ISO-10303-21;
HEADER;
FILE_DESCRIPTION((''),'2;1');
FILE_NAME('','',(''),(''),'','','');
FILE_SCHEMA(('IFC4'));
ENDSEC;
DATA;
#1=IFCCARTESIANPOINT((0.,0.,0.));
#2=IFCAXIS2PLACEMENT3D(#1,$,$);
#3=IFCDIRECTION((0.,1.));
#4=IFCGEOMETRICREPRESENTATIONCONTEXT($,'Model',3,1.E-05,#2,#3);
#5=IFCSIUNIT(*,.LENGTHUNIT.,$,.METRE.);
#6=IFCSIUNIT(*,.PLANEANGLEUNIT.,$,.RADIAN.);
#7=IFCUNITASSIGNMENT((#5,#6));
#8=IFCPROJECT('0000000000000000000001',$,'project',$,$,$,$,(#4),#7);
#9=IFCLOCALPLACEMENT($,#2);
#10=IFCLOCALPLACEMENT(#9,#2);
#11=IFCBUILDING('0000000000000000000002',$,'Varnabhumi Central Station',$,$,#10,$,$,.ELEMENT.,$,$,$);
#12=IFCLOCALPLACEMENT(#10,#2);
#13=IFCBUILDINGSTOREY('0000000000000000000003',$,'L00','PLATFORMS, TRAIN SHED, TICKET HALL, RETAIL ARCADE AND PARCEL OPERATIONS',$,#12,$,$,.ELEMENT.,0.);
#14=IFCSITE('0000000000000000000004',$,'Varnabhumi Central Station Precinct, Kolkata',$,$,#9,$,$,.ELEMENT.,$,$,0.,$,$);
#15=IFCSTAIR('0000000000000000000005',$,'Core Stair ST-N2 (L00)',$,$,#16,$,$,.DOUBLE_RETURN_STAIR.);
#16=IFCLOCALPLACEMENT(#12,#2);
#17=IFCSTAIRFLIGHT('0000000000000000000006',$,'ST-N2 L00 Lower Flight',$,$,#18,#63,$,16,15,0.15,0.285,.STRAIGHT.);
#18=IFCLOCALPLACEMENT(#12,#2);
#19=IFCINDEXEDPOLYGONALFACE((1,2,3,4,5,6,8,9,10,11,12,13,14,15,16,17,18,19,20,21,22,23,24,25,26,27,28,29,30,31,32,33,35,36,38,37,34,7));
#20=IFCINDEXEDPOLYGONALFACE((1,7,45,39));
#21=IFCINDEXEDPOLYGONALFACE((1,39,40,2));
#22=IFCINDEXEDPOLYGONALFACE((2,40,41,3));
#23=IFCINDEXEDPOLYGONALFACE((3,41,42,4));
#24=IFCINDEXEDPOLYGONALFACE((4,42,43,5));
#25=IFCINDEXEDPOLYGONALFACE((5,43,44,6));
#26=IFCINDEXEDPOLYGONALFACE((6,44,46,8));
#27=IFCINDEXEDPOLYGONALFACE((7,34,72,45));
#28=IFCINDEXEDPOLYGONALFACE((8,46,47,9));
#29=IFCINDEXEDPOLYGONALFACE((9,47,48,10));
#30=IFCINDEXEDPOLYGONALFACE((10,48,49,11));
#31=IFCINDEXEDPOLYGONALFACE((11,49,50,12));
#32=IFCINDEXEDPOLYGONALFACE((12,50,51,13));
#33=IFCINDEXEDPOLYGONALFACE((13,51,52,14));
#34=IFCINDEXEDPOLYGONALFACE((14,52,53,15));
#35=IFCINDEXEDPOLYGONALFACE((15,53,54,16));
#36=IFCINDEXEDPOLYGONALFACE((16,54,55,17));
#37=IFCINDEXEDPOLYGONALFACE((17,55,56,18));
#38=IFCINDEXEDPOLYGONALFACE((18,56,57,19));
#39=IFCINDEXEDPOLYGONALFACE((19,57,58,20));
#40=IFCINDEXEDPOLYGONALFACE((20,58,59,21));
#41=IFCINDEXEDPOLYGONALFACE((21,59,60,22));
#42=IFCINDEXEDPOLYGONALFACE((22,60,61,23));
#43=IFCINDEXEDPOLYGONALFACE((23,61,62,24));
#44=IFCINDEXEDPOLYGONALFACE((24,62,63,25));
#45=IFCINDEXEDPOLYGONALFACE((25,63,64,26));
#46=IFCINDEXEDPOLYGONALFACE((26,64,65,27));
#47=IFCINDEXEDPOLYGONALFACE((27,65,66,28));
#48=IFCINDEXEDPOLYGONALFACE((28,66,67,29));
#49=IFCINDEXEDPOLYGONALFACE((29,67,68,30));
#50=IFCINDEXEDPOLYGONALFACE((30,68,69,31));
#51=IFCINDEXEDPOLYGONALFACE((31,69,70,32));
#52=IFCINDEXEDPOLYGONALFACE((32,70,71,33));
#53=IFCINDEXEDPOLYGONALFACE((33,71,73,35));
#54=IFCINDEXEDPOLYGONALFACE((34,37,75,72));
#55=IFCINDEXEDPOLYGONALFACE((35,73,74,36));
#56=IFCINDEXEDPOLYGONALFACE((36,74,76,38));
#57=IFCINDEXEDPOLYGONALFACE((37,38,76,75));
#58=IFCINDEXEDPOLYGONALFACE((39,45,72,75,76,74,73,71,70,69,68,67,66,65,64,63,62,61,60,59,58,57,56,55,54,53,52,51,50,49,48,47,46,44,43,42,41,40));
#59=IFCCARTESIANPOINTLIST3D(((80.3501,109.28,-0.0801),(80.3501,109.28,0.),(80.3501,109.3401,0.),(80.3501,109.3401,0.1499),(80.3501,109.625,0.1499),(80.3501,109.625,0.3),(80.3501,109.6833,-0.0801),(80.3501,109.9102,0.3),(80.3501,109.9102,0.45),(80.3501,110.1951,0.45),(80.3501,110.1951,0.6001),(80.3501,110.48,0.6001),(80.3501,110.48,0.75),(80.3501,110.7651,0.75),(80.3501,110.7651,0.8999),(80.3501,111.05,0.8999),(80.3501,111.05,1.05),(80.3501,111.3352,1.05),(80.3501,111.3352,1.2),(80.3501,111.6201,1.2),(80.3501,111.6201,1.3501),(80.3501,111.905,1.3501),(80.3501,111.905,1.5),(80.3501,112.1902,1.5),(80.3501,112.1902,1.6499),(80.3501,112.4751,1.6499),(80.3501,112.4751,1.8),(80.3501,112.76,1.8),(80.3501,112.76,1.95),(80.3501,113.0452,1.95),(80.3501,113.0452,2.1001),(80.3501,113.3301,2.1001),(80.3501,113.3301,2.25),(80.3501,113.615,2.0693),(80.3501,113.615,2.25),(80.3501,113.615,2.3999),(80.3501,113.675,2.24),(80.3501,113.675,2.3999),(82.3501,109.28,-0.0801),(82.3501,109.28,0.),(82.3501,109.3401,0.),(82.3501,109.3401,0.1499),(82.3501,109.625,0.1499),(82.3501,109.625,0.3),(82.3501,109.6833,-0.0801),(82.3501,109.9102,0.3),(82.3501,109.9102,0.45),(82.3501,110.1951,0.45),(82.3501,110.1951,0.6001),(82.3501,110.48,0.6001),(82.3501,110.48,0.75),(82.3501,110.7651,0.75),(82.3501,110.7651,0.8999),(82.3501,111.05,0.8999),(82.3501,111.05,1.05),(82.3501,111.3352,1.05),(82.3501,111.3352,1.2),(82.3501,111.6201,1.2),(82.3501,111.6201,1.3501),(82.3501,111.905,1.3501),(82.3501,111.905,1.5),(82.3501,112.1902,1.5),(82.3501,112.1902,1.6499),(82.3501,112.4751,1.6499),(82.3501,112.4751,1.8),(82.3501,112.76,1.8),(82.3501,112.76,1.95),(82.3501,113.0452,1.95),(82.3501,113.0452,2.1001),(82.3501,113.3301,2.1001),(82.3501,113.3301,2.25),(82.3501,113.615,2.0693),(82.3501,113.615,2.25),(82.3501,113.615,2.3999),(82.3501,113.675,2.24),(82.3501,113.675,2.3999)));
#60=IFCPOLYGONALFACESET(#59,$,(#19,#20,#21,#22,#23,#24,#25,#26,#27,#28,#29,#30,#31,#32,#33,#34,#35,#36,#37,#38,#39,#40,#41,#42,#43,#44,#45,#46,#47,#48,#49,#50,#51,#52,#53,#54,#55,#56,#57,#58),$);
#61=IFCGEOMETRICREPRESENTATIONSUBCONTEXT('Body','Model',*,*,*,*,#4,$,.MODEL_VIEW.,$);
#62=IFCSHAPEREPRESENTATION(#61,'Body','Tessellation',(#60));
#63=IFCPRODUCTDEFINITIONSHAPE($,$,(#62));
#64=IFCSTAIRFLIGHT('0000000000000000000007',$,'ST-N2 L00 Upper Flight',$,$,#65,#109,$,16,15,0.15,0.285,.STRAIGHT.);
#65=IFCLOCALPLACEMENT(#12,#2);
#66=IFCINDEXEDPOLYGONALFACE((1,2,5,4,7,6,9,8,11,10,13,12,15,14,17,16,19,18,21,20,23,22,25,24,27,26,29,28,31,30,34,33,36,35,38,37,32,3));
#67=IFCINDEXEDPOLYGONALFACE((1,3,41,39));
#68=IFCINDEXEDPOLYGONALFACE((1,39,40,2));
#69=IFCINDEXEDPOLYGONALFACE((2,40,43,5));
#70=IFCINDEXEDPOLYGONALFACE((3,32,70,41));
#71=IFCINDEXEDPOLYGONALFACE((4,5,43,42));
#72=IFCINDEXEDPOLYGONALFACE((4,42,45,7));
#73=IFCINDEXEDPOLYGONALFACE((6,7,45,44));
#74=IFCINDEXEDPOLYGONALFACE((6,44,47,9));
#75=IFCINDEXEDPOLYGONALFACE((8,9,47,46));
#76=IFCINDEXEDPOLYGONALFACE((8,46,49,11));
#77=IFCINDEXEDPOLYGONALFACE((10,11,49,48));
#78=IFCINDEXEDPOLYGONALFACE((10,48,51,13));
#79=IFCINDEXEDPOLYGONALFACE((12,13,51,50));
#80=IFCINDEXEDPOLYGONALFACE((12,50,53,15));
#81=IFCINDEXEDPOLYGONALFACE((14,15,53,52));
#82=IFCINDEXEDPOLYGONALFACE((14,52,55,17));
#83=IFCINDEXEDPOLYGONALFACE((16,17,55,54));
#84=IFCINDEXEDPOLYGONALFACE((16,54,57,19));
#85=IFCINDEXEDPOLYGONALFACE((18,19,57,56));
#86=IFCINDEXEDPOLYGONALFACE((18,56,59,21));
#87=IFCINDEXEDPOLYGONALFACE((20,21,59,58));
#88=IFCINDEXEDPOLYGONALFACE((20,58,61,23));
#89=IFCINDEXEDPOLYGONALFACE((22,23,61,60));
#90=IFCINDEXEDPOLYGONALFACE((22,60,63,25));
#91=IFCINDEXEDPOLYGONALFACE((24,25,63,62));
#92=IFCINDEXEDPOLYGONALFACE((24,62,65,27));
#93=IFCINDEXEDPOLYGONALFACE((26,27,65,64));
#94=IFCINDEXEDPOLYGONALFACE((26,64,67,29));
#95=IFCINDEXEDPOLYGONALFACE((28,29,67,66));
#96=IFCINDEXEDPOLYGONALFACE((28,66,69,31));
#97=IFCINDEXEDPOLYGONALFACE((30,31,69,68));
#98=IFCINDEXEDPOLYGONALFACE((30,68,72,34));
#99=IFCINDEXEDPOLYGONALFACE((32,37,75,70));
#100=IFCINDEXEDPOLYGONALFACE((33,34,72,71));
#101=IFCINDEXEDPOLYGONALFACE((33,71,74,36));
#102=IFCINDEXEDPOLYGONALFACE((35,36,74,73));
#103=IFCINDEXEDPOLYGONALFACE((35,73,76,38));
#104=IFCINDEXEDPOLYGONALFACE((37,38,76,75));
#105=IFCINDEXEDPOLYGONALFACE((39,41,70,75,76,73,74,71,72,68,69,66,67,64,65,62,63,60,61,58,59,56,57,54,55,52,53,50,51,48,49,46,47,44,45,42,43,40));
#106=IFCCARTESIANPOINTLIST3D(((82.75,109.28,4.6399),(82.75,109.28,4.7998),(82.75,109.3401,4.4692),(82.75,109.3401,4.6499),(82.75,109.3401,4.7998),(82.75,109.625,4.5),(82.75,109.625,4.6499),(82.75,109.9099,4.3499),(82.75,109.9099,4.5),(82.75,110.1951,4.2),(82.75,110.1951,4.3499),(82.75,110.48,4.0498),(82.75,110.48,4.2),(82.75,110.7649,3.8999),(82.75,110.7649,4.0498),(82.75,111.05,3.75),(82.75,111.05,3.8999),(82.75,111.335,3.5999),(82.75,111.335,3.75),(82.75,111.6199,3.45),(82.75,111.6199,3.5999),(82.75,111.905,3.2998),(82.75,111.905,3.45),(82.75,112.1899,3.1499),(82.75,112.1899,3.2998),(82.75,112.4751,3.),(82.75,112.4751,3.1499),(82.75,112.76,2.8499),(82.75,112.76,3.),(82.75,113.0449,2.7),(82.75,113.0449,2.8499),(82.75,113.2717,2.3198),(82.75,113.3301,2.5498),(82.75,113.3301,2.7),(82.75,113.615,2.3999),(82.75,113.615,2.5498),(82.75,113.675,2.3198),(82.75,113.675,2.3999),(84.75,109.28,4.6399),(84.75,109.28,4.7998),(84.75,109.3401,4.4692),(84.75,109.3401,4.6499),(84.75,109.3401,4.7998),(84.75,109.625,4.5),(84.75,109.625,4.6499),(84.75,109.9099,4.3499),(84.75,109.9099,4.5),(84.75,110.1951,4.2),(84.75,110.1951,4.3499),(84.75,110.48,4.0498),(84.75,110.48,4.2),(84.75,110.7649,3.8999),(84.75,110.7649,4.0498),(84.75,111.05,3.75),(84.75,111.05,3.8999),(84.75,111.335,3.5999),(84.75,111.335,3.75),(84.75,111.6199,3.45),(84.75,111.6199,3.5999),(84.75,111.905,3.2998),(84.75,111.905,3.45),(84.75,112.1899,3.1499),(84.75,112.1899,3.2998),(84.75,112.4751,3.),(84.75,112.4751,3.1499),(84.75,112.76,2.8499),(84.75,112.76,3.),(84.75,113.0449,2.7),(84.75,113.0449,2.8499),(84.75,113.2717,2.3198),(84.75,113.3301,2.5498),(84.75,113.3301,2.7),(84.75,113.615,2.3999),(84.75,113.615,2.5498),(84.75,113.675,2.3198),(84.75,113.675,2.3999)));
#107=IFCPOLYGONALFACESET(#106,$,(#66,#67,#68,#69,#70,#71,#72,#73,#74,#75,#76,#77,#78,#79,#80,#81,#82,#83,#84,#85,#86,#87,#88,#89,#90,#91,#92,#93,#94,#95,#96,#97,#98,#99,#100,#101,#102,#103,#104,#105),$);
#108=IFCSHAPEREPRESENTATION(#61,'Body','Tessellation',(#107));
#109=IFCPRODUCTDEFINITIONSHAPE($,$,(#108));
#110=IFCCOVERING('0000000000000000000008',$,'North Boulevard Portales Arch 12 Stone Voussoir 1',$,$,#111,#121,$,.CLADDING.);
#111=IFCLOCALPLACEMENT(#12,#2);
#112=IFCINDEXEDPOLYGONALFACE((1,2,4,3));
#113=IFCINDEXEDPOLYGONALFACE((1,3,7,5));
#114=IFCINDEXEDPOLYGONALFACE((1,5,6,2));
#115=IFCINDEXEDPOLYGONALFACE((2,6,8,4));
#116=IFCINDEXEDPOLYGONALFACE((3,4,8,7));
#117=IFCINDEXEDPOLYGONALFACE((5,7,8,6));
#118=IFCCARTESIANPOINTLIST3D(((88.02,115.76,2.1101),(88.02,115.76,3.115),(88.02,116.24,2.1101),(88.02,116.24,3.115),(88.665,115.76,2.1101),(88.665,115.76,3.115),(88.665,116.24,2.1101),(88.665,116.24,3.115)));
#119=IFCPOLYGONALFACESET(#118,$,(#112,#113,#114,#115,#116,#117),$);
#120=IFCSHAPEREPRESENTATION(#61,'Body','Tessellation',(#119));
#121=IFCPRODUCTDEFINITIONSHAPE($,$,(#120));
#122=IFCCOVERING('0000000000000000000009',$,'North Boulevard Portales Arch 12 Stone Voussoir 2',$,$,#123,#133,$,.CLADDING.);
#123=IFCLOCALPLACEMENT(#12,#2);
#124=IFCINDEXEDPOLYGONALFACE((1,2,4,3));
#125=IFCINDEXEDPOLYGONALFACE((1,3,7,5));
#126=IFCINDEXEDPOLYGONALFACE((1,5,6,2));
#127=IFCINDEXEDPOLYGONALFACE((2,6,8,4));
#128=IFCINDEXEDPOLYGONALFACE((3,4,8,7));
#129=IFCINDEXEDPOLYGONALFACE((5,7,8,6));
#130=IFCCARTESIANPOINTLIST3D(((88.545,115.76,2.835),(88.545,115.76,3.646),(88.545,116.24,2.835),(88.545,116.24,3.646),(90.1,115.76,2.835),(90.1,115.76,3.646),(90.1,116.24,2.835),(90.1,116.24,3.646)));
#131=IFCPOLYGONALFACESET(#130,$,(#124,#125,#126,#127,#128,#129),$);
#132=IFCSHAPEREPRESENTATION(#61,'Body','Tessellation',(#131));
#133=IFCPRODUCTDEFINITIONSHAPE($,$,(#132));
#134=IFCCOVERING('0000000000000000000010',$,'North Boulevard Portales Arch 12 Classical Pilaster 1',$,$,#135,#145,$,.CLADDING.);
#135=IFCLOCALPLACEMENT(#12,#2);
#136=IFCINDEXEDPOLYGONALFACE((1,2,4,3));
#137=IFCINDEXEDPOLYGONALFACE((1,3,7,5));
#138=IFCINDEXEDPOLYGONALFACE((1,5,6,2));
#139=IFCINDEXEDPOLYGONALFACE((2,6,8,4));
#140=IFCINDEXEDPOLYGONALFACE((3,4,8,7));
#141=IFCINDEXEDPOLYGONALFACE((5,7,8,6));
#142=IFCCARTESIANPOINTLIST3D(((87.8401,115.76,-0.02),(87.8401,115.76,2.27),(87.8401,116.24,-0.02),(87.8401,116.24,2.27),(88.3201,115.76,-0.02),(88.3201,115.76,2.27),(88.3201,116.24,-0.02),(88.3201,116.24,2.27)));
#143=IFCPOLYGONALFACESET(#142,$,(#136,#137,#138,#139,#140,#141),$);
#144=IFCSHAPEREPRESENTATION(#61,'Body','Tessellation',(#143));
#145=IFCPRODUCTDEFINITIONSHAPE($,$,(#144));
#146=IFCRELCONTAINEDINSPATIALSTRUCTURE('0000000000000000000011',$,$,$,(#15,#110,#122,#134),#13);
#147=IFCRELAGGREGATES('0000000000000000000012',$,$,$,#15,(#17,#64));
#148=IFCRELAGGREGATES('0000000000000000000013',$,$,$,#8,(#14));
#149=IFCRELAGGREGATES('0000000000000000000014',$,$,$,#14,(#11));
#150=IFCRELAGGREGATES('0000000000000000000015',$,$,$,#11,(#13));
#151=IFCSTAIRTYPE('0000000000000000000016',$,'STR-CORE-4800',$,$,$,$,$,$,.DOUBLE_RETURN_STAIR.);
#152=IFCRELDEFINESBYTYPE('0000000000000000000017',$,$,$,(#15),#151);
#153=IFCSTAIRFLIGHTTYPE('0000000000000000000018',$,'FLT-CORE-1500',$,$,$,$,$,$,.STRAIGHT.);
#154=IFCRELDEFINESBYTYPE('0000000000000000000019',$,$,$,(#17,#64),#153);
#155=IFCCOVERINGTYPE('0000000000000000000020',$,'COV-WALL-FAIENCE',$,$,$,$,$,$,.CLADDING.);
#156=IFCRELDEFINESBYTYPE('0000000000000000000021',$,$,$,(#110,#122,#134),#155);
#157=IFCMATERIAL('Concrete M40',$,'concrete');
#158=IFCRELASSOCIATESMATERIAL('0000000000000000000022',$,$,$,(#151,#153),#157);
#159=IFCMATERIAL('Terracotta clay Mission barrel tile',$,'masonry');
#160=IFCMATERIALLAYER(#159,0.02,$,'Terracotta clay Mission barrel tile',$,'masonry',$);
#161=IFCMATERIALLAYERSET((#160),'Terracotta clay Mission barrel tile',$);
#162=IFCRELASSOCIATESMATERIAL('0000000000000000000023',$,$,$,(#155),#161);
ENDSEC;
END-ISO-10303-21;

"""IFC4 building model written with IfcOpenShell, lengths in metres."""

from ifc_helpers import new_model, si_unit, direction, frame, origin, origin_2d, place, context, subcontext, project, spatial, polyline, rectangle, outline, extrude, material, layer, layer_set, type_object, element, aggregate, save


model = new_model("IFC4")

# Units and contexts
model_context = context("Model", 3, precision=1e-05, world=origin(), true_north=direction((0.0, 1.0)))
body_context = subcontext(model_context, "Body", "Model", "MODEL_VIEW")
ifc_project = project(units=[si_unit("LENGTHUNIT", "METRE"), si_unit("PLANEANGLEUNIT", "RADIAN")], contexts=[model_context])

# Site, building, storey
site_placement = place(None, origin())
site = spatial("IfcSite", under=ifc_project, at=site_placement, Name="Varnabhumi Central Station Precinct, Kolkata", CompositionType="ELEMENT", RefElevation=0.0)
building_placement = place(site_placement, origin())
building = spatial("IfcBuilding", under=site, at=building_placement, Name="Varnabhumi Central Station", CompositionType="ELEMENT")
storey_placement = place(building_placement, origin())
storey = spatial("IfcBuildingStorey", under=building, at=storey_placement, Name="L00", Description="PLATFORMS, TRAIN SHED, TICKET HALL, RETAIL ARCADE AND PARCEL OPERATIONS", CompositionType="ELEMENT", Elevation=0.0)

# Shared definitions
ifc_material_1 = material(Name="Concrete M40", Category="concrete")

# Stair, stair flights
stair_type = type_object("IfcStairType", Name="STR-CORE-4800", PredefinedType="DOUBLE_RETURN_STAIR", material=ifc_material_1)
stair_placement = place(storey_placement, origin())
stair = element("IfcStair", 1, at=stair_placement, inside=storey, type_object=stair_type, Name="Core Stair ST-N2 (L00)", PredefinedType="DOUBLE_RETURN_STAIR")
stair_flight_type = type_object("IfcStairFlightType", Name="FLT-CORE-1500", PredefinedType="STRAIGHT", material=ifc_material_1)
stair_flight_1_placement = place(storey_placement, frame((81.3501, 109.3401, 0.0), z_axis=(0.0, 0.0, 1.0), x_axis=(0.0, 1.0, 0.0)))
stair_flight_1 = element("IfcStairFlight", 2, at=stair_flight_1_placement, type_object=stair_flight_type, Name="ST-N2 L00 Lower Flight", NumberOfRisers=16, NumberOfTreads=15, PredefinedType="STRAIGHT", RiserHeight=0.15, TreadLength=0.285, context=body_context, shape_type="SweptSolid", body=[
    extrude(outline(polyline([(-0.0601, -0.0801), (-0.0601, 0.0), (0.0, 0.0), (0.0, 0.1499), (0.2849, 0.1499), (0.2849, 0.3), (0.5701, 0.3), (0.5701, 0.45), (0.855, 0.45), (0.855, 0.6001), (1.1399, 0.6001), (1.1399, 0.75), (1.425, 0.75), (1.425, 0.8999), (1.71, 0.8999), (1.71, 1.05), (1.9951, 1.05), (1.9951, 1.2), (2.28, 1.2), (2.28, 1.3501), (2.5649, 1.3501), (2.5649, 1.5), (2.8501, 1.5), (2.8501, 1.6499), (3.135, 1.6499), (3.135, 1.8), (3.4199, 1.8), (3.4199, 1.95), (3.7051, 1.95), (3.7051, 2.1001), (3.99, 2.1001), (3.99, 2.25), (4.2749, 2.25), (4.2749, 2.3999), (4.335, 2.3999), (4.335, 2.24), (4.2749, 2.0693), (0.3433, -0.0801), (-0.0601, -0.0801)])), frame((0.0, 1.0, 0.0), z_axis=(0.0, -1.0, 0.0), x_axis=(1.0, 0.0, 0.0)), (0.0, 0.0, 1.0), 2.0),
])
stair_flight_2_placement = place(storey_placement, frame((83.75, 113.615, 2.3999), z_axis=(0.0, 0.0, 1.0), x_axis=(0.0, -1.0, 0.0)))
stair_flight_2 = element("IfcStairFlight", 3, at=stair_flight_2_placement, type_object=stair_flight_type, Name="ST-N2 L00 Upper Flight", NumberOfRisers=16, NumberOfTreads=15, PredefinedType="STRAIGHT", RiserHeight=0.15, TreadLength=0.285, context=body_context, shape_type="SweptSolid", body=[
    extrude(outline(polyline([(-0.0601, -0.0801), (-0.0601, 0.0), (0.0, 0.0), (0.0, 0.1499), (0.2849, 0.1499), (0.2849, 0.3), (0.5701, 0.3), (0.5701, 0.45), (0.855, 0.45), (0.855, 0.6001), (1.1399, 0.6001), (1.1399, 0.75), (1.425, 0.75), (1.425, 0.8999), (1.71, 0.8999), (1.71, 1.05), (1.9951, 1.05), (1.9951, 1.2), (2.28, 1.2), (2.28, 1.3501), (2.5649, 1.3501), (2.5649, 1.5), (2.8501, 1.5), (2.8501, 1.6499), (3.135, 1.6499), (3.135, 1.8), (3.4199, 1.8), (3.4199, 1.95), (3.7051, 1.95), (3.7051, 2.1001), (3.99, 2.1001), (3.99, 2.25), (4.2749, 2.25), (4.2749, 2.3999), (4.335, 2.3999), (4.335, 2.24), (4.2749, 2.0693), (0.3433, -0.0801), (-0.0601, -0.0801)])), frame((0.0, 1.0, 0.0), z_axis=(0.0, -1.0, 0.0), x_axis=(1.0, 0.0, 0.0)), (0.0, 0.0, 1.0), 2.0),
])
aggregate(stair, [stair_flight_1, stair_flight_2])

# Coverings
ifc_material_2 = material(Name="Terracotta clay Mission barrel tile", Category="masonry")
ifc_layer_1 = layer(ifc_material_2, 0.02, Name="Terracotta clay Mission barrel tile", Category="masonry")
ifc_layer_set_1 = layer_set([ifc_layer_1], Name="Terracotta clay Mission barrel tile")
covering_type = type_object("IfcCoveringType", Name="COV-WALL-FAIENCE", PredefinedType="CLADDING", material=ifc_layer_set_1)
covering_1_placement = place(storey_placement, frame((88.3425, 116.0, 2.1101), z_axis=(0.0, 0.0, 1.0), x_axis=(1.0, 0.0, 0.0)))
element("IfcCovering", 4, at=covering_1_placement, inside=storey, type_object=covering_type, Name="North Boulevard Portales Arch 12 Stone Voussoir 1", PredefinedType="CLADDING", context=body_context, shape_type="SweptSolid", body=[
    extrude(rectangle(XDim=0.645, YDim=0.48, at=origin_2d()), origin(), (0.0, 0.0, 1.0), 1.0049),
])
covering_2_placement = place(storey_placement, frame((89.3225, 116.0, 2.835), z_axis=(0.0, 0.0, 1.0), x_axis=(1.0, 0.0, 0.0)))
element("IfcCovering", 5, at=covering_2_placement, inside=storey, type_object=covering_type, Name="North Boulevard Portales Arch 12 Stone Voussoir 2", PredefinedType="CLADDING", context=body_context, shape_type="SweptSolid", body=[
    extrude(rectangle(XDim=1.5549, YDim=0.48, at=origin_2d()), origin(), (0.0, 0.0, 1.0), 0.811),
])
covering_3_placement = place(storey_placement, frame((88.0801, 116.0, -0.02), z_axis=(0.0, 0.0, 1.0), x_axis=(1.0, 0.0, 0.0)))
element("IfcCovering", 6, at=covering_3_placement, inside=storey, type_object=covering_type, Name="North Boulevard Portales Arch 12 Classical Pilaster 1", PredefinedType="CLADDING", context=body_context, shape_type="SweptSolid", body=[
    extrude(rectangle(XDim=0.48, YDim=0.48, at=origin_2d()), origin(), (0.0, 0.0, 1.0), 2.29),
])

save(model, "model.ifc")
